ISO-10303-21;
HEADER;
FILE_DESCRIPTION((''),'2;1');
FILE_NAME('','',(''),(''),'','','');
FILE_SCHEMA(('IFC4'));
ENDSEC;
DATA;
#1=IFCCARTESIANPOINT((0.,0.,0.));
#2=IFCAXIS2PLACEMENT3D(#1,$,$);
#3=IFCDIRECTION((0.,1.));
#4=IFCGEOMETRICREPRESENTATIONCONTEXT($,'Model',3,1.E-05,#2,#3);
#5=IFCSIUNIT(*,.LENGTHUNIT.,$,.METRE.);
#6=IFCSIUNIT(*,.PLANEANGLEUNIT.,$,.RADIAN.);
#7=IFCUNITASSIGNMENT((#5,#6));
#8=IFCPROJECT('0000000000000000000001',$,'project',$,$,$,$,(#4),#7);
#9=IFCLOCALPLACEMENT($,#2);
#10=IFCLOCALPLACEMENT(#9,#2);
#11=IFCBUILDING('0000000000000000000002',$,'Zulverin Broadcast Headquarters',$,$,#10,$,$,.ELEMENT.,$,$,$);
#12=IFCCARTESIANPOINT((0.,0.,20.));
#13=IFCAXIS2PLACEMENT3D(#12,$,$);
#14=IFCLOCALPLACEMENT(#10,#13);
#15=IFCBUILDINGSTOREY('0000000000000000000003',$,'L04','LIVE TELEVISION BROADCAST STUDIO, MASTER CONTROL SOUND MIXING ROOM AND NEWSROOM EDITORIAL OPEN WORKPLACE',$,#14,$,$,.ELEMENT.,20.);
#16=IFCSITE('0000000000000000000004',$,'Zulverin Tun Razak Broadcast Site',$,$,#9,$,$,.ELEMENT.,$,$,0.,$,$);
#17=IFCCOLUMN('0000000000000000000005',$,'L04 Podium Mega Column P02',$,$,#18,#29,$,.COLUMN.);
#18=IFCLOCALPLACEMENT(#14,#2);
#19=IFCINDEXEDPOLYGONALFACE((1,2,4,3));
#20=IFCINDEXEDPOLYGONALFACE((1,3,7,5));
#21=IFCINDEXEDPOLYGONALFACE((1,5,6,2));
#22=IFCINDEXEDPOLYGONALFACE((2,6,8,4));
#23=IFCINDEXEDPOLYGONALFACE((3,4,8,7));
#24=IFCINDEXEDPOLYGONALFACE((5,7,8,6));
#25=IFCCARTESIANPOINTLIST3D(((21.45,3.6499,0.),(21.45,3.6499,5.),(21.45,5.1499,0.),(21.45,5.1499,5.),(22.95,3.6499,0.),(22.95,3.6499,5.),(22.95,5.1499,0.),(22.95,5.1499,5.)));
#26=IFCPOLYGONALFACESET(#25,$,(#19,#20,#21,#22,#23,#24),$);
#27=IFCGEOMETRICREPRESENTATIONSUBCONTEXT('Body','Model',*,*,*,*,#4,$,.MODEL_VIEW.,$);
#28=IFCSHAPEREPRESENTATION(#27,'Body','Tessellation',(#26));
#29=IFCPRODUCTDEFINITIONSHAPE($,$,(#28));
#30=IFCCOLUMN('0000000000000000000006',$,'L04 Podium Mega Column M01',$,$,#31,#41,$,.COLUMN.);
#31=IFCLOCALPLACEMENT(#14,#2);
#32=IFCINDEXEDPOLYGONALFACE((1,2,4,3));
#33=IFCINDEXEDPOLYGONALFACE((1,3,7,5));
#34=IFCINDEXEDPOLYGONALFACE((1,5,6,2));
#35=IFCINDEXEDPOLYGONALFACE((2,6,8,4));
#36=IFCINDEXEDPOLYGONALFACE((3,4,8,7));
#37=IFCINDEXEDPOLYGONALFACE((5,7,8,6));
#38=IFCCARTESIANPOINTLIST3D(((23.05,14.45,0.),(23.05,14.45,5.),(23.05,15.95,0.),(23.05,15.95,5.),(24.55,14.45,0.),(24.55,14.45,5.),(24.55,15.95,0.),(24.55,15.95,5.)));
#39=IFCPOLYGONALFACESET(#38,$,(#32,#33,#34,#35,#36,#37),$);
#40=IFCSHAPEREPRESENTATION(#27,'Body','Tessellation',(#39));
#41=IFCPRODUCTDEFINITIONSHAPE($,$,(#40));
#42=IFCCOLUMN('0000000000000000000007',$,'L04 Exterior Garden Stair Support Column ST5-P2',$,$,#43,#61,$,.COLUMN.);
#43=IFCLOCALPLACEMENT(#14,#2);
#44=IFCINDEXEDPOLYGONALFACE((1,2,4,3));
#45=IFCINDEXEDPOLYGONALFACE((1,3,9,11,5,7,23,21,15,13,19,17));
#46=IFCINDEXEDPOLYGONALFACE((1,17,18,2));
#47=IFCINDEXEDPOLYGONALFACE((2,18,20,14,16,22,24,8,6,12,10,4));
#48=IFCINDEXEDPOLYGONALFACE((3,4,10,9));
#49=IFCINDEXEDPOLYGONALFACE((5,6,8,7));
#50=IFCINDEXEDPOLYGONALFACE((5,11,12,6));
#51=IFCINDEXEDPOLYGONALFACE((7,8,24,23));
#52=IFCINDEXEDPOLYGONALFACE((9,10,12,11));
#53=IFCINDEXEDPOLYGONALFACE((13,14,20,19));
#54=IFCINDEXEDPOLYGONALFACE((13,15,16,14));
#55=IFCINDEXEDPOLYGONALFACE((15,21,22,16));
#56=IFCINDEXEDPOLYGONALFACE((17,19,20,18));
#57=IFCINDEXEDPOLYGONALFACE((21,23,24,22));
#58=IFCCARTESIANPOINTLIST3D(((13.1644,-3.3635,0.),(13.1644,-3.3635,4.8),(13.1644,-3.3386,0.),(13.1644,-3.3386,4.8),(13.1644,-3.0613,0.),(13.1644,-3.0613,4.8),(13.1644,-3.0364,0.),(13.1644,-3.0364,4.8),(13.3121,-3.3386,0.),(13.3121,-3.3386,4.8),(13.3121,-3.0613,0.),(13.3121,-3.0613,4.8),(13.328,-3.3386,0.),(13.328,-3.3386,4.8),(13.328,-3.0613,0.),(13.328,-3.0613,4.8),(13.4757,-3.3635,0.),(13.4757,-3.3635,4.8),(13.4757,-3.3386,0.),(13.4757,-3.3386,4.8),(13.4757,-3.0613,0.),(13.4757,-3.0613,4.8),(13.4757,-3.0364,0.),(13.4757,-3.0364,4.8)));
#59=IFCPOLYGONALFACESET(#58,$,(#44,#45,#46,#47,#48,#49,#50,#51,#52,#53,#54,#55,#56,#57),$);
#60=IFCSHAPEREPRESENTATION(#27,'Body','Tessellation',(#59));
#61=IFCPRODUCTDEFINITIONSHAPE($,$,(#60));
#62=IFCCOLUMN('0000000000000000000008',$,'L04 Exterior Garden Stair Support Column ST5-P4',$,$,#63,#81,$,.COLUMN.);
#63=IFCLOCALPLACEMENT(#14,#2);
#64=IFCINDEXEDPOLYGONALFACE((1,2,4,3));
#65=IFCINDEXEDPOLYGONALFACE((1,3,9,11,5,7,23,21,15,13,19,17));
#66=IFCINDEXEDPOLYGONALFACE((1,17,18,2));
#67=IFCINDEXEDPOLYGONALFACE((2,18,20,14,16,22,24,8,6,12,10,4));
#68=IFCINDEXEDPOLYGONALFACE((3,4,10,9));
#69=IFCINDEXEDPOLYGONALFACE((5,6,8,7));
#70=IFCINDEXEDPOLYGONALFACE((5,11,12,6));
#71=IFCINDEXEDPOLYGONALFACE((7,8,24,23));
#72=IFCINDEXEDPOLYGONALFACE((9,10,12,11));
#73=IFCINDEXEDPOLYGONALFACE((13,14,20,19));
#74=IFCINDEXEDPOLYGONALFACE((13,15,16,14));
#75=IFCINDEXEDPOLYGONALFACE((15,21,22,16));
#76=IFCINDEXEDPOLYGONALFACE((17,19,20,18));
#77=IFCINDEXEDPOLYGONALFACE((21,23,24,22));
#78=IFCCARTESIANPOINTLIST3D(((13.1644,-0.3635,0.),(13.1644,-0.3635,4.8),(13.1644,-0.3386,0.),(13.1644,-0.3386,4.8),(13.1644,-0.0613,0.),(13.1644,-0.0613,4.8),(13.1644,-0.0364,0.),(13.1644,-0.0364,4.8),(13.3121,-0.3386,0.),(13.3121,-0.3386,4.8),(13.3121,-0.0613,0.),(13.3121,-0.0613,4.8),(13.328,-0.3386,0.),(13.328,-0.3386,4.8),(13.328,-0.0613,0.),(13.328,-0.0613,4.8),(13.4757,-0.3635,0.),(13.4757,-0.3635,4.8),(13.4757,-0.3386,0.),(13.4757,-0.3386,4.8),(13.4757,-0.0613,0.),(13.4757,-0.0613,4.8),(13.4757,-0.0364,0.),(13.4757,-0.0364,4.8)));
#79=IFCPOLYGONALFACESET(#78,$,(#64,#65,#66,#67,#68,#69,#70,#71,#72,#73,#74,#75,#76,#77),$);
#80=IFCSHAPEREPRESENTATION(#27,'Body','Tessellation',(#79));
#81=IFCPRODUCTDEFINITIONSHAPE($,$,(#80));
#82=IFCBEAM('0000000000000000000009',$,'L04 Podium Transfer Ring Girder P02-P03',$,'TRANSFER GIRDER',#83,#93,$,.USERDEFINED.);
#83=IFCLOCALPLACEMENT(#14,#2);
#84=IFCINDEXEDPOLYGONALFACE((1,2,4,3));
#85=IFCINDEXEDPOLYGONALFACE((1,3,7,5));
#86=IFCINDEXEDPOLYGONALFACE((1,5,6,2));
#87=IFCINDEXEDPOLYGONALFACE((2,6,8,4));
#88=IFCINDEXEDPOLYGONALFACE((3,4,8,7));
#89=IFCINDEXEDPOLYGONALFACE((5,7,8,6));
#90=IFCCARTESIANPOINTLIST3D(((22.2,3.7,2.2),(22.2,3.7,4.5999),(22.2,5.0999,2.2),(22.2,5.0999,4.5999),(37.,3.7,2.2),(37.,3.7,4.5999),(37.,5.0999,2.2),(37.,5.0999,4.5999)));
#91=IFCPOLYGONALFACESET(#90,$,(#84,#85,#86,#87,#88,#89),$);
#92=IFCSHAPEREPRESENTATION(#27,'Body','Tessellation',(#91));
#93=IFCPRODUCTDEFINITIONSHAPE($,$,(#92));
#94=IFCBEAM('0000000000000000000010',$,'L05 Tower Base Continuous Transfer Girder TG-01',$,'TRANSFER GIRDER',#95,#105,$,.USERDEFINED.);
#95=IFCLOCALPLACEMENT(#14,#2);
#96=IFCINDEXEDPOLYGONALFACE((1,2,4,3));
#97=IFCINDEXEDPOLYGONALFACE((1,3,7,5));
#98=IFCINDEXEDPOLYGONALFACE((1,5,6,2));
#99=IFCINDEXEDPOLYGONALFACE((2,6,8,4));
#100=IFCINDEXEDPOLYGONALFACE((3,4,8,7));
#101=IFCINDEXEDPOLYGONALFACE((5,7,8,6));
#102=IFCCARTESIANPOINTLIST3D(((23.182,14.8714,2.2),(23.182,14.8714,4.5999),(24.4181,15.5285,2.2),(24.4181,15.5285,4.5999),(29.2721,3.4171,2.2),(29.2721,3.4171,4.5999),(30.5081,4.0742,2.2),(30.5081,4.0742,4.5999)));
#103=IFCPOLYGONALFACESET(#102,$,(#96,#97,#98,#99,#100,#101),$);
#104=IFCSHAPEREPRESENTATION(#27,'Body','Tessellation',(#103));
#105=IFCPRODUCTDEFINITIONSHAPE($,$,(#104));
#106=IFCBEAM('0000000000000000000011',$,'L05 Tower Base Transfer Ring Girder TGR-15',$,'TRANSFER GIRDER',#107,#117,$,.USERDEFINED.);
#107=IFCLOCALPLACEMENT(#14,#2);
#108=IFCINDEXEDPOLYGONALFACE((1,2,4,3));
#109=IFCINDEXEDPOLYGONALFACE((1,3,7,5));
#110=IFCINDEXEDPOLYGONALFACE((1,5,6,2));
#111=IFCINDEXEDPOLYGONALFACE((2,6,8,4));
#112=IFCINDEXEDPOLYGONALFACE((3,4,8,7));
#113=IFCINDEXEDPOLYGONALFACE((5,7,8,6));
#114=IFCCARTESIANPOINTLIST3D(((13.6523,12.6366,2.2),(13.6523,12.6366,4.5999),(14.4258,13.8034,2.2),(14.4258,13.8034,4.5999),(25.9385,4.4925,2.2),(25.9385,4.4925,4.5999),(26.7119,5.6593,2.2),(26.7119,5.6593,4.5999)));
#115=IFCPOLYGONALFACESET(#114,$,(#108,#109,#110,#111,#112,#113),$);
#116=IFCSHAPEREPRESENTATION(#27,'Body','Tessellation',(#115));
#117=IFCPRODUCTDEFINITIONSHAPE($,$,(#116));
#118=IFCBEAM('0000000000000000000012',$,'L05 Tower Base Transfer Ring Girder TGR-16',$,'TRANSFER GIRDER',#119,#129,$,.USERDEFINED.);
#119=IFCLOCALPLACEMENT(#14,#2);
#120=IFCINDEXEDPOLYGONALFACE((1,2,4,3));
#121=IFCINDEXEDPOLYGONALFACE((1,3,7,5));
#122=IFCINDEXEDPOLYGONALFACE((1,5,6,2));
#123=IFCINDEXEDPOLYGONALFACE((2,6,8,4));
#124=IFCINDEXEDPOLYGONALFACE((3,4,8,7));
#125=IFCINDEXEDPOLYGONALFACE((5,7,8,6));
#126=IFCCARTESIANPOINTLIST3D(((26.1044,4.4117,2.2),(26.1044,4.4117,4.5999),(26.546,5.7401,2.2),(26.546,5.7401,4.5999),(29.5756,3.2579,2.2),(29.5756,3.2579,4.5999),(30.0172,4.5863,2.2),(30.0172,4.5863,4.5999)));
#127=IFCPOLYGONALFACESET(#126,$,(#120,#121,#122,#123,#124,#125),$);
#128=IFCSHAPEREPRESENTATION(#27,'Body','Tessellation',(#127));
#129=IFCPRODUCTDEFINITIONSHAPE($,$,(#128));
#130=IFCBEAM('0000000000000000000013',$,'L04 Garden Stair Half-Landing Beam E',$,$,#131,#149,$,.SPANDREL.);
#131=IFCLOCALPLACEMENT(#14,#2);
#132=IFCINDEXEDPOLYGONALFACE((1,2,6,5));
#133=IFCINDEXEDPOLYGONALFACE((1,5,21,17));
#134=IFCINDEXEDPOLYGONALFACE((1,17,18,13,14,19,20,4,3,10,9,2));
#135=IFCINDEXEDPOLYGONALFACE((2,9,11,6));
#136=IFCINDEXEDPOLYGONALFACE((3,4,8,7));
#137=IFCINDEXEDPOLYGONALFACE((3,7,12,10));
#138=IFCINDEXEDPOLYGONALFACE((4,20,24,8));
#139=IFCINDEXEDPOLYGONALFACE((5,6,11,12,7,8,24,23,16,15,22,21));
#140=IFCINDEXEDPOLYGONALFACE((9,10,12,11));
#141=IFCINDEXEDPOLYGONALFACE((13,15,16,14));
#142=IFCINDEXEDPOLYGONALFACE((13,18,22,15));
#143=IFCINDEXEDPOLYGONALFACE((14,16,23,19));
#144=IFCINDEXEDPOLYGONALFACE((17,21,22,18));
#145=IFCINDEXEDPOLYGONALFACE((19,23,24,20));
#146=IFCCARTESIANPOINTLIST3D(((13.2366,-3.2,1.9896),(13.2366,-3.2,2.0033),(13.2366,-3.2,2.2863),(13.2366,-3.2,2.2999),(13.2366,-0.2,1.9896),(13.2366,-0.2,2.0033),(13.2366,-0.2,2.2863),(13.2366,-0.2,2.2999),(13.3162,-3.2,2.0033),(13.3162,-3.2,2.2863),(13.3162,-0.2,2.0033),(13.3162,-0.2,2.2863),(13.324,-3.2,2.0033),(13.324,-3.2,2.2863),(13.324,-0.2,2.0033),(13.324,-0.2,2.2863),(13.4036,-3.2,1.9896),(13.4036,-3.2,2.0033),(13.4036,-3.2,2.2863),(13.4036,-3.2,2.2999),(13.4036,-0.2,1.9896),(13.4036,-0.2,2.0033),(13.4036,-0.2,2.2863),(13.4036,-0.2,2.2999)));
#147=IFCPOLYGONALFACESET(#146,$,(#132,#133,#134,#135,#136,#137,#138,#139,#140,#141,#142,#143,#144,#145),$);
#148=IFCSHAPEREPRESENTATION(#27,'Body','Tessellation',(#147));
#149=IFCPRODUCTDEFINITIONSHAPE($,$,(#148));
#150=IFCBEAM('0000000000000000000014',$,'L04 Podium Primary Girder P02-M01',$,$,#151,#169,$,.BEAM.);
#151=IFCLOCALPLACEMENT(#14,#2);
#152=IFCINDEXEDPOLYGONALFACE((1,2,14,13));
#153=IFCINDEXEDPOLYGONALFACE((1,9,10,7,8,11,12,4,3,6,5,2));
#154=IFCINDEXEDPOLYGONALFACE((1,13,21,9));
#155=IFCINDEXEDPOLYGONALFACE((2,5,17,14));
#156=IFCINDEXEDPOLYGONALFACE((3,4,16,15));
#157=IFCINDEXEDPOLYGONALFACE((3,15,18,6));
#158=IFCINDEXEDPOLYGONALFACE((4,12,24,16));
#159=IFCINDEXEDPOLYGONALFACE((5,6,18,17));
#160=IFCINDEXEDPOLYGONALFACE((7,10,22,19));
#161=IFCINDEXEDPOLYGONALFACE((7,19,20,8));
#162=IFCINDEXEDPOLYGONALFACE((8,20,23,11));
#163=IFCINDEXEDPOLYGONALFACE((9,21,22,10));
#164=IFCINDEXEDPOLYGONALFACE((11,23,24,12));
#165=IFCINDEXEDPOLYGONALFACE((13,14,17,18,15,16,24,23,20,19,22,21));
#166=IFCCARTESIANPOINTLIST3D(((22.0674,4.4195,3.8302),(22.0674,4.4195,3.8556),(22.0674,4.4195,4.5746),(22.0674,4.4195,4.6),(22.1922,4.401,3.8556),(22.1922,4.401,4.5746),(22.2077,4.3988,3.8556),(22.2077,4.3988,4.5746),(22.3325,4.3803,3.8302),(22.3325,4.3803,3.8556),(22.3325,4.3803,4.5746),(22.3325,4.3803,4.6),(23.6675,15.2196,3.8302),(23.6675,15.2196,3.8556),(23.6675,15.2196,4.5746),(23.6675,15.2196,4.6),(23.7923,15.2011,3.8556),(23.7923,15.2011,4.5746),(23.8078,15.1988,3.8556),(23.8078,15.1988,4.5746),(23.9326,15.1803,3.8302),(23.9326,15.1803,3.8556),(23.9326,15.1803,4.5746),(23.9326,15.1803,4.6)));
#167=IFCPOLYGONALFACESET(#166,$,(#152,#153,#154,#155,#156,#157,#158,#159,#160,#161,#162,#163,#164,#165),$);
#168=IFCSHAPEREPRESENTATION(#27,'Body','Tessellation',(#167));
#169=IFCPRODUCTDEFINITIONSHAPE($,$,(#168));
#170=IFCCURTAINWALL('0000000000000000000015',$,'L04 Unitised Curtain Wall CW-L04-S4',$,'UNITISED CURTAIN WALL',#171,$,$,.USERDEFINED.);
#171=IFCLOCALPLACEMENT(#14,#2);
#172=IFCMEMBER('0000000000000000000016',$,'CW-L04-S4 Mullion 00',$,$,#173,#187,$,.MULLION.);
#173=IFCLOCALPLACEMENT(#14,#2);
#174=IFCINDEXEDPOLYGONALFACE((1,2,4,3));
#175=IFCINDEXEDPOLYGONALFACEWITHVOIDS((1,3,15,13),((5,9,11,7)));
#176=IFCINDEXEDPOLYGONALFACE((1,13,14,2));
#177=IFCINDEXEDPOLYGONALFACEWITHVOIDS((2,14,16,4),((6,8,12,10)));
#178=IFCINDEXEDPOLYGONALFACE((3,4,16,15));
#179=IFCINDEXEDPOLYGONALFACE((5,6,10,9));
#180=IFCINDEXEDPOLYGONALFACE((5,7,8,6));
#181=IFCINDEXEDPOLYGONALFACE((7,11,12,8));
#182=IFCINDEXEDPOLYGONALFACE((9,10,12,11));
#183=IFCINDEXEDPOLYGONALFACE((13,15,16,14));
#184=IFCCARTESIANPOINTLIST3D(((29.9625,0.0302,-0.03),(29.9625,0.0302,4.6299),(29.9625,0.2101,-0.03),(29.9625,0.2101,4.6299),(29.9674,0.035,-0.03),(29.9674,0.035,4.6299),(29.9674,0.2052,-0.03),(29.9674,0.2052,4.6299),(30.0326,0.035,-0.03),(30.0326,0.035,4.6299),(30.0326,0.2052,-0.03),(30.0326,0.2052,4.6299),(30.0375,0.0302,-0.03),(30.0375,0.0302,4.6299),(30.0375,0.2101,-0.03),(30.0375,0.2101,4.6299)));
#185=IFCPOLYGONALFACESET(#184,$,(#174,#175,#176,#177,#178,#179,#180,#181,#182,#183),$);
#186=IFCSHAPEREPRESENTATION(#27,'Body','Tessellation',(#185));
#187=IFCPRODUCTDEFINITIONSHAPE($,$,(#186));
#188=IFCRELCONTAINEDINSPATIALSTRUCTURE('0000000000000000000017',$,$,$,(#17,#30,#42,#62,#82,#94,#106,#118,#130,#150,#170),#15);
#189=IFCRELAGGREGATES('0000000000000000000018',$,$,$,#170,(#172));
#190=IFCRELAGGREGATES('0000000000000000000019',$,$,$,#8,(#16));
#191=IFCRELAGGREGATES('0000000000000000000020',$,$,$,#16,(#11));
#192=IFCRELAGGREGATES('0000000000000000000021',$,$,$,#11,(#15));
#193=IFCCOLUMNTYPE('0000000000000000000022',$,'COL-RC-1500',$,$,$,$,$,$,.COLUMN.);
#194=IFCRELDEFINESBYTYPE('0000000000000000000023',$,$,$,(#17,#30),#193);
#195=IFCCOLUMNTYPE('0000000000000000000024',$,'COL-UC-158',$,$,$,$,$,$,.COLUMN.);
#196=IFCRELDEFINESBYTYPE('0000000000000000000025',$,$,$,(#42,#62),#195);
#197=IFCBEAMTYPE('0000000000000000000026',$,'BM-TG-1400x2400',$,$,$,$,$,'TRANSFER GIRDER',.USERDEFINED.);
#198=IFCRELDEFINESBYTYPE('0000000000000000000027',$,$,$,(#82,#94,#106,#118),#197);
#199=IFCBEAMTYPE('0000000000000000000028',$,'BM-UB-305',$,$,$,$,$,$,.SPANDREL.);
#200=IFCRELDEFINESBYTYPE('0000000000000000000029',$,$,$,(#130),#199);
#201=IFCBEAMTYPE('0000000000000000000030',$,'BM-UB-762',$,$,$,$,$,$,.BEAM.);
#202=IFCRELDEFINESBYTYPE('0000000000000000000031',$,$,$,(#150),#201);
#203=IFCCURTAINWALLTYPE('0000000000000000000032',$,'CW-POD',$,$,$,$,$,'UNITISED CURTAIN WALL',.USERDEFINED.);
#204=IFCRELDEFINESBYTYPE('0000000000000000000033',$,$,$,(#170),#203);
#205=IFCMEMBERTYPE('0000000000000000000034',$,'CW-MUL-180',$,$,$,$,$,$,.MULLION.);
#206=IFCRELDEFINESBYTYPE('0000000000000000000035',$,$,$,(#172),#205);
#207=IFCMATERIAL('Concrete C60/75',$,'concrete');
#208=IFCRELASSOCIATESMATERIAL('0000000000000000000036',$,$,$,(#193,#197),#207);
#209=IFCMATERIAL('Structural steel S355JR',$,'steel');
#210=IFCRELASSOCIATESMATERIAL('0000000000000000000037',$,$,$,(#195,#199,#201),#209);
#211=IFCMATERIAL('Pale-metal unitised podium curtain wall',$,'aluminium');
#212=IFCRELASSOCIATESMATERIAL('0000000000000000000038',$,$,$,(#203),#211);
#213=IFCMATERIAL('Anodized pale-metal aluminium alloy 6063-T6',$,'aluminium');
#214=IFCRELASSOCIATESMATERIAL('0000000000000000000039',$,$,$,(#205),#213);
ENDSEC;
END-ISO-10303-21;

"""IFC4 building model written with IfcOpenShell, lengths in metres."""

from ifc_helpers import new_model, si_unit, direction, frame, origin, origin_2d, place, context, subcontext, project, spatial, rectangle, hollow_rectangle, i_section, extrude, material, material_profile, profile_set, type_object, element, aggregate, save


model = new_model("IFC4")

# Units and contexts
model_context = context("Model", 3, precision=1e-05, world=origin(), true_north=direction((0.0, 1.0)))
body_context = subcontext(model_context, "Body", "Model", "MODEL_VIEW")
ifc_project = project(units=[si_unit("LENGTHUNIT", "METRE"), si_unit("PLANEANGLEUNIT", "RADIAN")], contexts=[model_context])

# Site, building, storey
site_placement = place(None, origin())
site = spatial("IfcSite", under=ifc_project, at=site_placement, Name="Zulverin Tun Razak Broadcast Site", CompositionType="ELEMENT", RefElevation=0.0)
building_placement = place(site_placement, origin())
building = spatial("IfcBuilding", under=site, at=building_placement, Name="Zulverin Broadcast Headquarters", CompositionType="ELEMENT")
storey_placement = place(building_placement, frame((0.0, 0.0, 20.0)))
storey = spatial("IfcBuildingStorey", under=building, at=storey_placement, Name="L04", Description="LIVE TELEVISION BROADCAST STUDIO, MASTER CONTROL SOUND MIXING ROOM AND NEWSROOM EDITORIAL OPEN WORKPLACE", CompositionType="ELEMENT", Elevation=20.0)

# Columns
ifc_material_1 = material(Name="Concrete C60/75", Category="concrete")
ifc_material_profile_1 = material_profile(ifc_material_1, rectangle(XDim=1.5, YDim=1.5, at=origin_2d()), Name="Concrete C60/75", Category="concrete")
ifc_profile_set_1 = profile_set([ifc_material_profile_1], Name="Concrete C60/75")
column_type_1 = type_object("IfcColumnType", Name="COL-RC-1500", PredefinedType="COLUMN", material=ifc_profile_set_1)
for number, where, z_axis, x_axis, name in (
    (1, (22.2, 4.3999, 0.0), (0.0, 0.0, 1.0), (1.0, 0.0, 0.0), "L04 Podium Mega Column P02"),
    (2, (23.8, 15.2, 0.0), (0.0, 0.0, 1.0), (1.0, 0.0, 0.0), "L04 Podium Mega Column M01"),
):
    element("IfcColumn", number, at=place(storey_placement, frame(where, z_axis=z_axis, x_axis=x_axis)), inside=storey, type_object=column_type_1, Name=name, PredefinedType="COLUMN", context=body_context, shape_type="SweptSolid", body=[
        extrude(rectangle(XDim=1.5, YDim=1.5, at=origin_2d()), origin(), (0.0, 0.0, 1.0), 5.0),
    ])
ifc_material_2 = material(Name="Structural steel S355JR", Category="steel")
ifc_material_profile_2 = material_profile(ifc_material_2, i_section(OverallWidth=0.3113, OverallDepth=0.3271, WebThickness=0.0159, FlangeThickness=0.0249, at=origin_2d()), Name="Structural steel S355JR", Category="steel")
ifc_profile_set_2 = profile_set([ifc_material_profile_2], Name="Structural steel S355JR")
column_type_2 = type_object("IfcColumnType", Name="COL-UC-158", PredefinedType="COLUMN", material=ifc_profile_set_2)
for number, where, z_axis, x_axis, name in (
    (3, (13.3201, -3.2, 0.0), (0.0, 0.0, 1.0), (1.0, 0.0, 0.0), "L04 Exterior Garden Stair Support Column ST5-P2"),
    (4, (13.3201, -0.2, 0.0), (0.0, 0.0, 1.0), (1.0, 0.0, 0.0), "L04 Exterior Garden Stair Support Column ST5-P4"),
):
    element("IfcColumn", number, at=place(storey_placement, frame(where, z_axis=z_axis, x_axis=x_axis)), inside=storey, type_object=column_type_2, Name=name, PredefinedType="COLUMN", context=body_context, shape_type="SweptSolid", body=[
        extrude(i_section(OverallWidth=0.3113, OverallDepth=0.3271, WebThickness=0.0159, FlangeThickness=0.0249, at=origin_2d()), origin(), (0.0, 0.0, 1.0), 4.8),
    ])

# Beams
ifc_material_profile_3 = material_profile(ifc_material_1, rectangle(XDim=1.3999, YDim=2.3999, at=origin_2d()), Name="Concrete C60/75", Category="concrete")
ifc_profile_set_3 = profile_set([ifc_material_profile_3], Name="Concrete C60/75")
beam_type_1 = type_object("IfcBeamType", Name="BM-TG-1400x2400", ElementType="TRANSFER GIRDER", PredefinedType="USERDEFINED", material=ifc_profile_set_3)
beam_1_placement = place(storey_placement, frame((22.2, 4.3999, 3.3999), z_axis=(1.0, 0.0, 0.0), x_axis=(0.0, 1.0, 0.0)))
element("IfcBeam", 5, at=beam_1_placement, inside=storey, type_object=beam_type_1, Name="L04 Podium Transfer Ring Girder P02-P03", ObjectType="TRANSFER GIRDER", PredefinedType="USERDEFINED", context=body_context, shape_type="SweptSolid", body=[
    extrude(rectangle(XDim=1.3999, YDim=2.3999, at=origin_2d()), origin(), (0.0, 0.0, 1.0), 14.8),
])
beam_2_placement = place(storey_placement, frame((23.8, 15.2, 3.3999), z_axis=(0.469454, -0.882957, 0.0), x_axis=(0.882957, 0.469454, 0.0)))
element("IfcBeam", 6, at=beam_2_placement, inside=storey, type_object=beam_type_1, Name="L05 Tower Base Continuous Transfer Girder TG-01", ObjectType="TRANSFER GIRDER", PredefinedType="USERDEFINED", context=body_context, shape_type="SweptSolid", body=[
    extrude(rectangle(XDim=1.3999, YDim=2.3999, at=origin_2d()), origin(), (0.0, 0.0, 1.0), 12.9727),
])
beam_3_placement = place(storey_placement, frame((14.0391, 13.22, 3.3999), z_axis=(0.83351, -0.552504, 0.0), x_axis=(0.552504, 0.83351, 0.0)))
element("IfcBeam", 7, at=beam_3_placement, inside=storey, type_object=beam_type_1, Name="L05 Tower Base Transfer Ring Girder TGR-15", ObjectType="TRANSFER GIRDER", PredefinedType="USERDEFINED", context=body_context, shape_type="SweptSolid", body=[
    extrude(rectangle(XDim=1.3999, YDim=2.3999, at=origin_2d()), origin(), (0.0, 0.0, 1.0), 14.7402),
])
beam_4_placement = place(storey_placement, frame((26.3252, 5.0759, 3.3999), z_axis=(0.94895, -0.315427, 0.0), x_axis=(0.315427, 0.94895, 0.0)))
element("IfcBeam", 8, at=beam_4_placement, inside=storey, type_object=beam_type_1, Name="L05 Tower Base Transfer Ring Girder TGR-16", ObjectType="TRANSFER GIRDER", PredefinedType="USERDEFINED", context=body_context, shape_type="SweptSolid", body=[
    extrude(rectangle(XDim=1.3999, YDim=2.3999, at=origin_2d()), origin(), (0.0, 0.0, 1.0), 3.658),
])
ifc_material_profile_4 = material_profile(ifc_material_2, i_section(OverallWidth=0.167, OverallDepth=0.3103, WebThickness=0.0078, FlangeThickness=0.0137, at=origin_2d()), Name="Structural steel S355JR", Category="steel")
ifc_profile_set_4 = profile_set([ifc_material_profile_4], Name="Structural steel S355JR")
beam_type_2 = type_object("IfcBeamType", Name="BM-UB-305", PredefinedType="SPANDREL", material=ifc_profile_set_4)
beam_5_placement = place(storey_placement, frame((13.3201, -3.2, 2.1448), z_axis=(0.0, 1.0, 0.0), x_axis=(-1.0, 0.0, 0.0)))
element("IfcBeam", 9, at=beam_5_placement, inside=storey, type_object=beam_type_2, Name="L04 Garden Stair Half-Landing Beam E", PredefinedType="SPANDREL", context=body_context, shape_type="SweptSolid", body=[
    extrude(i_section(OverallWidth=0.167, OverallDepth=0.3103, WebThickness=0.0078, FlangeThickness=0.0137, at=origin_2d()), origin(), (0.0, 0.0, 1.0), 3.0),
])
ifc_material_profile_5 = material_profile(ifc_material_2, i_section(OverallWidth=0.2681, OverallDepth=0.7698, WebThickness=0.0156, FlangeThickness=0.0254, at=origin_2d()), Name="Structural steel S355JR", Category="steel")
ifc_profile_set_5 = profile_set([ifc_material_profile_5], Name="Structural steel S355JR")
beam_type_3 = type_object("IfcBeamType", Name="BM-UB-762", PredefinedType="BEAM", material=ifc_profile_set_5)
beam_6_placement = place(storey_placement, frame((22.2, 4.3999, 4.2151), z_axis=(0.146557, 0.989202, 0.0), x_axis=(-0.989202, 0.146557, 0.0)))
element("IfcBeam", 10, at=beam_6_placement, inside=storey, type_object=beam_type_3, Name="L04 Podium Primary Girder P02-M01", PredefinedType="BEAM", context=body_context, shape_type="SweptSolid", body=[
    extrude(i_section(OverallWidth=0.2681, OverallDepth=0.7698, WebThickness=0.0156, FlangeThickness=0.0254, at=origin_2d()), origin(), (0.0, 0.0, 1.0), 10.918),
])

# Curtain wall, member
ifc_material_3 = material(Name="Pale-metal unitised podium curtain wall", Category="aluminium")
curtain_wall_type = type_object("IfcCurtainWallType", Name="CW-POD", ElementType="UNITISED CURTAIN WALL", PredefinedType="USERDEFINED", material=ifc_material_3)
curtain_wall_placement = place(storey_placement, origin())
curtain_wall = element("IfcCurtainWall", 11, at=curtain_wall_placement, inside=storey, type_object=curtain_wall_type, Name="L04 Unitised Curtain Wall CW-L04-S4", ObjectType="UNITISED CURTAIN WALL", PredefinedType="USERDEFINED")
ifc_material_4 = material(Name="Anodized pale-metal aluminium alloy 6063-T6", Category="aluminium")
ifc_material_profile_6 = material_profile(ifc_material_4, hollow_rectangle(XDim=0.075, YDim=0.1799, WallThickness=0.0049, at=origin_2d()), Name="Anodized pale-metal aluminium alloy 6063-T6", Category="aluminium")
ifc_profile_set_6 = profile_set([ifc_material_profile_6], Name="Anodized pale-metal aluminium alloy 6063-T6")
member_type_1 = type_object("IfcMemberType", Name="CW-MUL-180", PredefinedType="MULLION", material=ifc_profile_set_6)
member_1_placement = place(storey_placement, frame((30.0, 0.1201, -0.03), z_axis=(0.0, 0.0, 1.0), x_axis=(1.0, 0.0, 0.0)))
member_1 = element("IfcMember", 12, at=member_1_placement, type_object=member_type_1, Name="CW-L04-S4 Mullion 00", PredefinedType="MULLION", context=body_context, shape_type="SweptSolid", body=[
    extrude(hollow_rectangle(XDim=0.075, YDim=0.1799, WallThickness=0.0049, at=origin_2d()), origin(), (0.0, 0.0, 1.0), 4.6599),
])
aggregate(curtain_wall, [member_1])

save(model, "model.ifc")
